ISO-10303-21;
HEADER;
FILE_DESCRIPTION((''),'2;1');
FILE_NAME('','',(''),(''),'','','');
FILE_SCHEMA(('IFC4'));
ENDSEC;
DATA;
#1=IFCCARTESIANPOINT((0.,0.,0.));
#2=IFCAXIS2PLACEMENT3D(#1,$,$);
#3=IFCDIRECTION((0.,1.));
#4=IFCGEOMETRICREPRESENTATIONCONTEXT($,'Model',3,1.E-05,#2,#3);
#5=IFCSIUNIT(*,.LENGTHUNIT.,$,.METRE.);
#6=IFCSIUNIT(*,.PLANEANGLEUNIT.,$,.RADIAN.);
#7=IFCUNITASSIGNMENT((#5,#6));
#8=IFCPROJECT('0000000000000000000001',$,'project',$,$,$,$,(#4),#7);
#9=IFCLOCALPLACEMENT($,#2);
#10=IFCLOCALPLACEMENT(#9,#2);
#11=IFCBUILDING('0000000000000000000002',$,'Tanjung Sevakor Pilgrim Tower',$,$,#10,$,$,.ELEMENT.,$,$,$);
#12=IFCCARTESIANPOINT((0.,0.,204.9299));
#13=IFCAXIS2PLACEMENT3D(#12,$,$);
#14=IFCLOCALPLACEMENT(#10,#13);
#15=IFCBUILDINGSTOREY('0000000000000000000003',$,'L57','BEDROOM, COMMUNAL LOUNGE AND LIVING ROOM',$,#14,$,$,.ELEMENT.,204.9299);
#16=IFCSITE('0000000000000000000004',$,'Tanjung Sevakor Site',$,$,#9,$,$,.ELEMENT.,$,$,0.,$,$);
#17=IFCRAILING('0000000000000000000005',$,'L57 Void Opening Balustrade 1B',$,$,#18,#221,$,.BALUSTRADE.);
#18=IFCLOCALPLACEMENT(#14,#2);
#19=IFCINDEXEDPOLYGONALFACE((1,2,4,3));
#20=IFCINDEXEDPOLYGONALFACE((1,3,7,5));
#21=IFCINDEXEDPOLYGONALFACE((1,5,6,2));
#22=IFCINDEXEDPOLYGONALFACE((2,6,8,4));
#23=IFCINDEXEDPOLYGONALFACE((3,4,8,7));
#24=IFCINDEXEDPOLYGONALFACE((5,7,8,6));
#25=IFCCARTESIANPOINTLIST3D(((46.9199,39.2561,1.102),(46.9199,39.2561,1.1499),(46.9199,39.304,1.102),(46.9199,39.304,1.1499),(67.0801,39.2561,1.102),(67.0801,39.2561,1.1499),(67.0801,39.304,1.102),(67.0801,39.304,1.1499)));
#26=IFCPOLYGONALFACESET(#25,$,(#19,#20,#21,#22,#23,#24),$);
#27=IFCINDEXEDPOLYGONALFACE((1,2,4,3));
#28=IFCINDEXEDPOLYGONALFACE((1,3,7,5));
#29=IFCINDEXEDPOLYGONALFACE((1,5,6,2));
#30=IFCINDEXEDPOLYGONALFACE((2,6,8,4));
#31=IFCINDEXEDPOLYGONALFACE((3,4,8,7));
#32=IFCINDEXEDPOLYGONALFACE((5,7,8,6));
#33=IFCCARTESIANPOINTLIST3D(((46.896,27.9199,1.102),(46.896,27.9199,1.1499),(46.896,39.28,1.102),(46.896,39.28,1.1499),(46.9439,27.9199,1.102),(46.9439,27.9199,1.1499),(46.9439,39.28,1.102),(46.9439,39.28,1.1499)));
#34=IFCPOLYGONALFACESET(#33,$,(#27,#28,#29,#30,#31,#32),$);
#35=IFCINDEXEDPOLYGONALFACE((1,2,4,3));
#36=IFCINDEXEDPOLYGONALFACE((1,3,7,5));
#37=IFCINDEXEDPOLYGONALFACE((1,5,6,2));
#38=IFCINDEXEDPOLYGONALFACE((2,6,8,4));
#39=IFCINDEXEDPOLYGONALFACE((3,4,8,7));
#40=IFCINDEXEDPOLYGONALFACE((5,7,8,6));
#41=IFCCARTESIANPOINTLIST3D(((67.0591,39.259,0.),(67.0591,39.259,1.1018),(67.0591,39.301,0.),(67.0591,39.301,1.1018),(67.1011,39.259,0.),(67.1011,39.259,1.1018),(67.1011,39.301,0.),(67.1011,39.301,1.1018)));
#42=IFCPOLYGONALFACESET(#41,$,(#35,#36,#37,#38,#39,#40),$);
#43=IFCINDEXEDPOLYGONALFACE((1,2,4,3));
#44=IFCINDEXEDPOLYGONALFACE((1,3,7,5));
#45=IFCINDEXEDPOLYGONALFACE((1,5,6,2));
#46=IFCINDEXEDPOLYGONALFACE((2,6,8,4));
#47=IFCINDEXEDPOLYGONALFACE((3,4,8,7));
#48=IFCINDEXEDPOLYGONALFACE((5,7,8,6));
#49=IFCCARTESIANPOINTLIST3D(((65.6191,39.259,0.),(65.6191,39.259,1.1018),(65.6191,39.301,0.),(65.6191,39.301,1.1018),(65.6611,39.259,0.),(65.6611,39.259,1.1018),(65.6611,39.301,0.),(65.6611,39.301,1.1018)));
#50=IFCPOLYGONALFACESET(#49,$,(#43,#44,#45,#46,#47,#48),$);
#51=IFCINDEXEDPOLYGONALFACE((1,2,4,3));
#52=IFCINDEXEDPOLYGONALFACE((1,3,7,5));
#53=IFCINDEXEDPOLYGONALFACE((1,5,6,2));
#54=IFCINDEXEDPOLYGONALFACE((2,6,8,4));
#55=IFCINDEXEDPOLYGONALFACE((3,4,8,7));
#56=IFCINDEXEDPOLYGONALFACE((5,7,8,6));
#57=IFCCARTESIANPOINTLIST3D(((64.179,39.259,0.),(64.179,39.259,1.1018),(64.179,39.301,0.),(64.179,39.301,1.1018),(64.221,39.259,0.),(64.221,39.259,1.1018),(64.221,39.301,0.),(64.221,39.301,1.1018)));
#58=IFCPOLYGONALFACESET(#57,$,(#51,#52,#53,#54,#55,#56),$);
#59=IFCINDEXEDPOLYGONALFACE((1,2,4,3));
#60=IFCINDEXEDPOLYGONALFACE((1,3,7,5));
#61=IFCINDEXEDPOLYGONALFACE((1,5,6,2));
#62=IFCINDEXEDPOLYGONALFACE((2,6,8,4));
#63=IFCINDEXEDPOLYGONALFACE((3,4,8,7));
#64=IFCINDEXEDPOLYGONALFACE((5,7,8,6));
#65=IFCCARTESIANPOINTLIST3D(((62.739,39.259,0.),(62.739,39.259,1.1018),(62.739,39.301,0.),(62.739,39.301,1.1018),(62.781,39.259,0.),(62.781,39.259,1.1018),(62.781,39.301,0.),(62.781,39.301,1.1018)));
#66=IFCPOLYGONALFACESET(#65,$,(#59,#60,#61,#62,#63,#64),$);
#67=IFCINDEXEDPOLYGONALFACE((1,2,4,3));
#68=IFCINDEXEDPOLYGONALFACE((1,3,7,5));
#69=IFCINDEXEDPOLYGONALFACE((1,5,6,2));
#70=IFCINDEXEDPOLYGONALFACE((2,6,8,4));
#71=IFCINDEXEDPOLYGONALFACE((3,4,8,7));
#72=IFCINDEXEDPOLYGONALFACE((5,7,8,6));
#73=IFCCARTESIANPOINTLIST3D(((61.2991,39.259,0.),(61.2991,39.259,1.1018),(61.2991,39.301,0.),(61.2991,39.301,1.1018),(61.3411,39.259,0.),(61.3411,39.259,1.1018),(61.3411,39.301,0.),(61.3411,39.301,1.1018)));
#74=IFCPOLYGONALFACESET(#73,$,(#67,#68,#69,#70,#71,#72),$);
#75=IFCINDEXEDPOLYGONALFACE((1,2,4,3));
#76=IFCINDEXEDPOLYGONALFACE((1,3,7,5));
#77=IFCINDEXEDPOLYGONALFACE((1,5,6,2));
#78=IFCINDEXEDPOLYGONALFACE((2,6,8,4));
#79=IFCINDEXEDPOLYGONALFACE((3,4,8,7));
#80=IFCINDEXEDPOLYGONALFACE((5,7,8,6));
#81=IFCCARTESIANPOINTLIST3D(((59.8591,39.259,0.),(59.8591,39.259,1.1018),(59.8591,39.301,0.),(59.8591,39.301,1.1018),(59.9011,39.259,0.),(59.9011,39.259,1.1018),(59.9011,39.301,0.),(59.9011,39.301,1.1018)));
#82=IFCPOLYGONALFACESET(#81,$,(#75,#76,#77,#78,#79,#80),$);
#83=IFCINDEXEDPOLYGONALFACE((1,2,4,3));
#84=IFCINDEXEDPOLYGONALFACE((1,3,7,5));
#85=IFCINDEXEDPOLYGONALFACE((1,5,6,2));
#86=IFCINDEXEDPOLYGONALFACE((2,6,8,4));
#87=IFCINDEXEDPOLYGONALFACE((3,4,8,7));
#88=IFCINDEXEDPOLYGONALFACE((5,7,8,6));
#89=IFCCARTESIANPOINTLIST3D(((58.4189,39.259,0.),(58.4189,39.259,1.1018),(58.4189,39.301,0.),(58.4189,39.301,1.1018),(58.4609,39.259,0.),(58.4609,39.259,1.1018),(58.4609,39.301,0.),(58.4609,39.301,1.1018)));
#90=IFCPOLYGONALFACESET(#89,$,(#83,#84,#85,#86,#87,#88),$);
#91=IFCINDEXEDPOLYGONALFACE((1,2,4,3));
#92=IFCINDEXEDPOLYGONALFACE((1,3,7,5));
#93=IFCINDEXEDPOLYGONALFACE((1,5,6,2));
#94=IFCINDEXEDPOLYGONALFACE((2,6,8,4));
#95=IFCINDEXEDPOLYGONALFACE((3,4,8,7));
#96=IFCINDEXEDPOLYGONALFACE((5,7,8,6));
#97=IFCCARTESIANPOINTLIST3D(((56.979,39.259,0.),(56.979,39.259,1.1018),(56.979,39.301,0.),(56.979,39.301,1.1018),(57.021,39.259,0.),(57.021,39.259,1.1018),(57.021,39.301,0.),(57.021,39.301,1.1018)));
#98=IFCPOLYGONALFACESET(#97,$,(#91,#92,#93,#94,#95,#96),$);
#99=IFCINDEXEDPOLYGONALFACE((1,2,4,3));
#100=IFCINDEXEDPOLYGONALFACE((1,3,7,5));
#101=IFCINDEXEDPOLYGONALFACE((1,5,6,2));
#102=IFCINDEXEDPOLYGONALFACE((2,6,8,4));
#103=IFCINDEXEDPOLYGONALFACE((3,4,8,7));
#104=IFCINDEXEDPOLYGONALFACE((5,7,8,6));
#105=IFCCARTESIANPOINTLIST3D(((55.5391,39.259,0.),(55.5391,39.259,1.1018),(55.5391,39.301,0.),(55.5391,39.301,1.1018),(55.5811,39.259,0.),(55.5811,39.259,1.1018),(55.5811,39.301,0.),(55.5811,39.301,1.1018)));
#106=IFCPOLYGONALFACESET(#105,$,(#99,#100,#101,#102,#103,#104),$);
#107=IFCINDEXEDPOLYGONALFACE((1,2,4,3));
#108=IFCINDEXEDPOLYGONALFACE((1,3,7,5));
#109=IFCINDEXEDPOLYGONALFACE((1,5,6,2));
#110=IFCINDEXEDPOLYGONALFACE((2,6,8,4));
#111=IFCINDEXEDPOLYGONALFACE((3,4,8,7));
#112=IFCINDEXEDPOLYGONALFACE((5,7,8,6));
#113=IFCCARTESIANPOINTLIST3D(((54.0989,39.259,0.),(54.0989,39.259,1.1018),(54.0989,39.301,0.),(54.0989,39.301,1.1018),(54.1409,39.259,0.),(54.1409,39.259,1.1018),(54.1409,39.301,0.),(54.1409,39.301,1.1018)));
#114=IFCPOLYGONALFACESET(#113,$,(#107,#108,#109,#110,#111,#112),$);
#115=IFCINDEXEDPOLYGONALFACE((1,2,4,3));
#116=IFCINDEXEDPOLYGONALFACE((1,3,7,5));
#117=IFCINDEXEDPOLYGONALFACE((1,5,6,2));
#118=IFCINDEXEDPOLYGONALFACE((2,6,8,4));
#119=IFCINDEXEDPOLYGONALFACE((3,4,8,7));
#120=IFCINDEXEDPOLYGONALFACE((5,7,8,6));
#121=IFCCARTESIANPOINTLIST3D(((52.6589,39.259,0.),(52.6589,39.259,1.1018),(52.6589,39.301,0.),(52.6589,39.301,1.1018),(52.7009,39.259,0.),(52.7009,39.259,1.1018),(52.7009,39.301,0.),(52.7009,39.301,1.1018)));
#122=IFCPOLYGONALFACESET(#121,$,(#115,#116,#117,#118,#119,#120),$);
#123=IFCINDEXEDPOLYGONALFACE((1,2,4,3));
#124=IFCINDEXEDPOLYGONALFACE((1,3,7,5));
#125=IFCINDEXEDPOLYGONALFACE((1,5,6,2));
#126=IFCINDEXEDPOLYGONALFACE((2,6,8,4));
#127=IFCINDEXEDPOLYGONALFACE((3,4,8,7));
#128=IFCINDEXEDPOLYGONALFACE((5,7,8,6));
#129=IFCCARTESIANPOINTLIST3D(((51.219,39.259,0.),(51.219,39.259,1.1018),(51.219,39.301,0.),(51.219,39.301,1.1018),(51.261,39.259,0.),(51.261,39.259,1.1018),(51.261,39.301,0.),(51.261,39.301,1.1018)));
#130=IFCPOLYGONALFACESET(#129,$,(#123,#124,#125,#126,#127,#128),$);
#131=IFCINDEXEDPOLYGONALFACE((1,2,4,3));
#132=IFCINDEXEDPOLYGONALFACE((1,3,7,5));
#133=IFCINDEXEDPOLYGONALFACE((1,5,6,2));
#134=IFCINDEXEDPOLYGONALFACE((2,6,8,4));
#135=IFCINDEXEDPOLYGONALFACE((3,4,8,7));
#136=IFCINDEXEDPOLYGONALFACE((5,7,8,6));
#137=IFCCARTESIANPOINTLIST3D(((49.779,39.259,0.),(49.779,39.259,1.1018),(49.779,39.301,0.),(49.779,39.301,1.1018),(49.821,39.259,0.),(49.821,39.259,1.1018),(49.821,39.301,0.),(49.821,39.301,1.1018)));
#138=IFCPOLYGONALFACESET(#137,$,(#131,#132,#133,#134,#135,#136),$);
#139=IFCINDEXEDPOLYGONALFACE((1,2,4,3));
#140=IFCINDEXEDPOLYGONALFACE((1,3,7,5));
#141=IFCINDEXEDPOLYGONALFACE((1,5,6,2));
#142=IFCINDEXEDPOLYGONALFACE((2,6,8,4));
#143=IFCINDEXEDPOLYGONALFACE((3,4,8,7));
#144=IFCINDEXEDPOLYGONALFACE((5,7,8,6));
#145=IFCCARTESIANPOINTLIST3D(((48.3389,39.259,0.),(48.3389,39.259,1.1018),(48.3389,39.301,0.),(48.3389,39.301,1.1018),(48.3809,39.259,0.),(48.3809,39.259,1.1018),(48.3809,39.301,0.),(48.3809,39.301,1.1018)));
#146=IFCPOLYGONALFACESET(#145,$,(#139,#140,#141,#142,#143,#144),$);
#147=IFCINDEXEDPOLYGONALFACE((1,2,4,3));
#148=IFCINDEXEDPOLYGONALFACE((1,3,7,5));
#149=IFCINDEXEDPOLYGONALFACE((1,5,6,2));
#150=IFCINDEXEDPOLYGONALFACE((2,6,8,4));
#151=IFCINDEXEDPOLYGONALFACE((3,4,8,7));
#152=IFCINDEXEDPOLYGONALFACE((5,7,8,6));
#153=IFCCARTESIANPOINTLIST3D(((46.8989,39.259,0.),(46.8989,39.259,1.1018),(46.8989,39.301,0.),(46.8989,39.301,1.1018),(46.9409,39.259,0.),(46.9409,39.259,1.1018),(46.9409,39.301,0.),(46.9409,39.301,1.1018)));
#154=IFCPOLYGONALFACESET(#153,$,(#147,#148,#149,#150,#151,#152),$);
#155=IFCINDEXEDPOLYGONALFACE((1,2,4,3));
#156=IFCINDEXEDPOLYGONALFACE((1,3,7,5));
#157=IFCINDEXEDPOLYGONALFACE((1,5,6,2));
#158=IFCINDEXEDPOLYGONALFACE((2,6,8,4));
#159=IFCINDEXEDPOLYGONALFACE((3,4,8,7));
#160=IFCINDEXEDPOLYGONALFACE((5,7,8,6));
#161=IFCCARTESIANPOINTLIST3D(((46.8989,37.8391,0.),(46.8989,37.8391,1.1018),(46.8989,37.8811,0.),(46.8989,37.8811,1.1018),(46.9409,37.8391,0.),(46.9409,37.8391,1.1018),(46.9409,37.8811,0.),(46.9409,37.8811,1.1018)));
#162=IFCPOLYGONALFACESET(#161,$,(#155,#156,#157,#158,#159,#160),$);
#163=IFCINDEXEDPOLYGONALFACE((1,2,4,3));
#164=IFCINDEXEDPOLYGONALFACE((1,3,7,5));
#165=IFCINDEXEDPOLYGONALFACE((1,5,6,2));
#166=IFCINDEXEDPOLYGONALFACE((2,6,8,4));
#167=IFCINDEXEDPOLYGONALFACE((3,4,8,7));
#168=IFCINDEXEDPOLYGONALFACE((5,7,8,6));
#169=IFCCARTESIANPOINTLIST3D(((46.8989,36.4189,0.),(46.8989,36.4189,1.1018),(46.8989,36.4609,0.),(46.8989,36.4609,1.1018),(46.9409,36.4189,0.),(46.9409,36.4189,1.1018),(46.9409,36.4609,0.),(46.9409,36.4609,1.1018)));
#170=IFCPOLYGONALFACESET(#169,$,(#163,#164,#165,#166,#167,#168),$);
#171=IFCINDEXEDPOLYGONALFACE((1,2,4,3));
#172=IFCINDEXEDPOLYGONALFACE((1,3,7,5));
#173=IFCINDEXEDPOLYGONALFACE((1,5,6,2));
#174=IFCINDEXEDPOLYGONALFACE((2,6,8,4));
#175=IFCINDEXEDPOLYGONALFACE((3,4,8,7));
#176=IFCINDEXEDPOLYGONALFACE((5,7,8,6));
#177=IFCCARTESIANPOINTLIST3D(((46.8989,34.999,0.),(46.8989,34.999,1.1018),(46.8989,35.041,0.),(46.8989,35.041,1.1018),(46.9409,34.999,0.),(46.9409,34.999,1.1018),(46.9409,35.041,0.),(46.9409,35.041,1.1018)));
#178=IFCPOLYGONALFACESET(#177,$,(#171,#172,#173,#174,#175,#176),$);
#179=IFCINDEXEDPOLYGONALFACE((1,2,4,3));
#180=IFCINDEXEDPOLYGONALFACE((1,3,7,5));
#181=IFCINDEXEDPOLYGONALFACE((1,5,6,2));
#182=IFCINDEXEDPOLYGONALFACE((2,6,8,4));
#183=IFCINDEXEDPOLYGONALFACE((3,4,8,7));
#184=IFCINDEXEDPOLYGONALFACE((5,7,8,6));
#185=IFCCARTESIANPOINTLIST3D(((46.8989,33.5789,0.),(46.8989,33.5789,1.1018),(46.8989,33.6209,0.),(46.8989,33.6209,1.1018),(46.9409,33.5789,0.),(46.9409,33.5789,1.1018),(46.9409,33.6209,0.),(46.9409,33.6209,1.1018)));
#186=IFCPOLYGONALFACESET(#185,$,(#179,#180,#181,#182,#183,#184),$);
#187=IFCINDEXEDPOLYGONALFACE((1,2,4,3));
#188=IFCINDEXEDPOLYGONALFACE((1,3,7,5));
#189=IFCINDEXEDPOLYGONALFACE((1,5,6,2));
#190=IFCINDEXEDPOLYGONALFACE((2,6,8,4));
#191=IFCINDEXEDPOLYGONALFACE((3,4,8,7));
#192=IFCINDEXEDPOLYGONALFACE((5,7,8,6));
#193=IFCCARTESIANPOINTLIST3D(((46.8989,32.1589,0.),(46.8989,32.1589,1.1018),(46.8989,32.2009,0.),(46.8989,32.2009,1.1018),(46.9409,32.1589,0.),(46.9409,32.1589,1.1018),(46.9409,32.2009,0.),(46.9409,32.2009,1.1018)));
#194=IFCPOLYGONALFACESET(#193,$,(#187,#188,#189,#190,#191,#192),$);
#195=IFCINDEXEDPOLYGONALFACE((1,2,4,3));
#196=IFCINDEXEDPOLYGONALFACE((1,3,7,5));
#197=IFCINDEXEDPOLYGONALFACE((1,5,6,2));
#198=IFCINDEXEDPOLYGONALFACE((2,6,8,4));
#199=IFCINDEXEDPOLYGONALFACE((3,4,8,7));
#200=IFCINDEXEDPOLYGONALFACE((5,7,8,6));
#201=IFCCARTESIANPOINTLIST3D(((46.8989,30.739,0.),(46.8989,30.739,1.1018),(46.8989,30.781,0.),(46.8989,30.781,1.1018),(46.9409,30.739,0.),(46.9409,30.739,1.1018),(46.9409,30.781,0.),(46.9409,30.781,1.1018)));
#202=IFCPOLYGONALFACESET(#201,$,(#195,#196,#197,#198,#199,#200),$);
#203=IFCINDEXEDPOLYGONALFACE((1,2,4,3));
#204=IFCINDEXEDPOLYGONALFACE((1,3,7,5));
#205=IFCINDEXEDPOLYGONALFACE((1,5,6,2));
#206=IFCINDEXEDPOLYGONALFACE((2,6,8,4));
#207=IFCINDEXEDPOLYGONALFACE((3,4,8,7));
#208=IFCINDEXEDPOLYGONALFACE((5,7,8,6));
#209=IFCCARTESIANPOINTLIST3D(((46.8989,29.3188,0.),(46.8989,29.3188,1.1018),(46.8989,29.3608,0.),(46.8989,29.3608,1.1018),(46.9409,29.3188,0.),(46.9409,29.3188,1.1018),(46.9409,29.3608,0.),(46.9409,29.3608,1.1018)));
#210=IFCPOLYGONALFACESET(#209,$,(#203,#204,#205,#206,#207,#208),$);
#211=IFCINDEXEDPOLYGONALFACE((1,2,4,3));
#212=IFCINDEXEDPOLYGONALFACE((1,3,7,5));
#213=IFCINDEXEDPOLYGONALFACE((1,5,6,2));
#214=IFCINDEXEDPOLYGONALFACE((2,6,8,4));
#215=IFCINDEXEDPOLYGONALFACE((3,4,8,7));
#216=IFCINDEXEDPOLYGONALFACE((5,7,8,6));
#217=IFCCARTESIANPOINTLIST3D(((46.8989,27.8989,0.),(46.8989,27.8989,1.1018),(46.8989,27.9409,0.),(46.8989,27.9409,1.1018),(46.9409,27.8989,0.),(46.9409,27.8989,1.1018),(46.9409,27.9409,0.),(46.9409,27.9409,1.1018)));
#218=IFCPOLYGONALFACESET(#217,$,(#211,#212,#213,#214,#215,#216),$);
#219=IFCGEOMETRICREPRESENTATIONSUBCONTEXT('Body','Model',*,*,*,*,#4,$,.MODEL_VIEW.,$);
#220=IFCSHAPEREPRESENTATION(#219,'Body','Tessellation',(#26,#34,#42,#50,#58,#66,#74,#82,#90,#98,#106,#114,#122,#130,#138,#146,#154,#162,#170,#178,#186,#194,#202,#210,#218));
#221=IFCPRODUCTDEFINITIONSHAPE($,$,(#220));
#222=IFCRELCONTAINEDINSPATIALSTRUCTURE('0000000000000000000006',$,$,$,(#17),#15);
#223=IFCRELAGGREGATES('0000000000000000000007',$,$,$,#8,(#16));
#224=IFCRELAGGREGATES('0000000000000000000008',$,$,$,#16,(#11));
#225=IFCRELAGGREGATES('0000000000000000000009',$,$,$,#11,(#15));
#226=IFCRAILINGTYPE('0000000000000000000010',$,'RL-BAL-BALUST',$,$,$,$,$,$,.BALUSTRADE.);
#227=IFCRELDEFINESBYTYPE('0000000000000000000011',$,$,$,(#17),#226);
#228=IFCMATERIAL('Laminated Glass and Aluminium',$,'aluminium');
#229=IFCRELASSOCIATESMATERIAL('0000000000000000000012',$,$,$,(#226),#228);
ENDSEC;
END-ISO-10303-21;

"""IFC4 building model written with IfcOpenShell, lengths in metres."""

from ifc_helpers import new_model, si_unit, direction, frame, origin, place, context, subcontext, project, spatial, rectangle, extrude, material, type_object, element, save


model = new_model("IFC4")

# Units and contexts
model_context = context("Model", 3, precision=1e-05, world=origin(), true_north=direction((0.0, 1.0)))
body_context = subcontext(model_context, "Body", "Model", "MODEL_VIEW")
ifc_project = project(units=[si_unit("LENGTHUNIT", "METRE"), si_unit("PLANEANGLEUNIT", "RADIAN")], contexts=[model_context])

# Site, building, storey
site_placement = place(None, origin())
site = spatial("IfcSite", under=ifc_project, at=site_placement, Name="Tanjung Sevakor Site", CompositionType="ELEMENT", RefElevation=0.0)
building_placement = place(site_placement, origin())
building = spatial("IfcBuilding", under=site, at=building_placement, Name="Tanjung Sevakor Pilgrim Tower", CompositionType="ELEMENT")
storey_placement = place(building_placement, frame((0.0, 0.0, 204.9299)))
storey = spatial("IfcBuildingStorey", under=building, at=storey_placement, Name="L57", Description="BEDROOM, COMMUNAL LOUNGE AND LIVING ROOM", CompositionType="ELEMENT", Elevation=204.9299)

# Railing
ifc_material_1 = material(Name="Laminated Glass and Aluminium", Category="aluminium")
railing_type_1 = type_object("IfcRailingType", Name="RL-BAL-BALUST", PredefinedType="BALUSTRADE", material=ifc_material_1)
railing_1_placement = place(storey_placement, frame((67.0801, 39.28, 0.0)))
element("IfcRailing", 1, at=railing_1_placement, inside=storey, type_object=railing_type_1, Name="L57 Void Opening Balustrade 1B", PredefinedType="BALUSTRADE", context=body_context, shape_type="SweptSolid", body=[
    extrude(rectangle(XDim=0.0479, YDim=0.0479), frame((0.0, 0.0, 1.126), z_axis=(-1.0, 0.0, 0.0), x_axis=(0.0, -1.0, 0.0)), (0.0, 0.0, 1.0), 20.1602),
    extrude(rectangle(XDim=0.0479, YDim=0.0479), frame((-20.1602, 0.0, 1.126), z_axis=(0.0, -1.0, 0.0), x_axis=(1.0, 0.0, 0.0)), (0.0, 0.0, 1.0), 11.3601),
    extrude(rectangle(XDim=0.042, YDim=0.042), origin(), (0.0, 0.0, 1.0), 1.1018),
    extrude(rectangle(XDim=0.042, YDim=0.042), frame((-1.4399, 0.0, 0.0)), (0.0, 0.0, 1.0), 1.1018),
    extrude(rectangle(XDim=0.042, YDim=0.042), frame((-2.8801, 0.0, 0.0)), (0.0, 0.0, 1.0), 1.1018),
    extrude(rectangle(XDim=0.042, YDim=0.042), frame((-4.3201, 0.0, 0.0)), (0.0, 0.0, 1.0), 1.1018),
    extrude(rectangle(XDim=0.042, YDim=0.042), frame((-5.76, 0.0, 0.0)), (0.0, 0.0, 1.0), 1.1018),
    extrude(rectangle(XDim=0.042, YDim=0.042), frame((-7.2, 0.0, 0.0)), (0.0, 0.0, 1.0), 1.1018),
    extrude(rectangle(XDim=0.042, YDim=0.042), frame((-8.6401, 0.0, 0.0)), (0.0, 0.0, 1.0), 1.1018),
    extrude(rectangle(XDim=0.042, YDim=0.042), frame((-10.0801, 0.0, 0.0)), (0.0, 0.0, 1.0), 1.1018),
    extrude(rectangle(XDim=0.042, YDim=0.042), frame((-11.52, 0.0, 0.0)), (0.0, 0.0, 1.0), 1.1018),
    extrude(rectangle(XDim=0.042, YDim=0.042), frame((-12.9602, 0.0, 0.0)), (0.0, 0.0, 1.0), 1.1018),
    extrude(rectangle(XDim=0.042, YDim=0.042), frame((-14.4001, 0.0, 0.0)), (0.0, 0.0, 1.0), 1.1018),
    extrude(rectangle(XDim=0.042, YDim=0.042), frame((-15.8401, 0.0, 0.0)), (0.0, 0.0, 1.0), 1.1018),
    extrude(rectangle(XDim=0.042, YDim=0.042), frame((-17.28, 0.0, 0.0)), (0.0, 0.0, 1.0), 1.1018),
    extrude(rectangle(XDim=0.042, YDim=0.042), frame((-18.7202, 0.0, 0.0)), (0.0, 0.0, 1.0), 1.1018),
    extrude(rectangle(XDim=0.042, YDim=0.042), frame((-20.1602, 0.0, 0.0)), (0.0, 0.0, 1.0), 1.1018),
    extrude(rectangle(XDim=0.042, YDim=0.042), frame((-20.1602, -1.4199, 0.0)), (0.0, 0.0, 1.0), 1.1018),
    extrude(rectangle(XDim=0.042, YDim=0.042), frame((-20.1602, -2.8401, 0.0)), (0.0, 0.0, 1.0), 1.1018),
    extrude(rectangle(XDim=0.042, YDim=0.042), frame((-20.1602, -4.26, 0.0)), (0.0, 0.0, 1.0), 1.1018),
    extrude(rectangle(XDim=0.042, YDim=0.042), frame((-20.1602, -5.6802, 0.0)), (0.0, 0.0, 1.0), 1.1018),
    extrude(rectangle(XDim=0.042, YDim=0.042), frame((-20.1602, -7.1001, 0.0)), (0.0, 0.0, 1.0), 1.1018),
    extrude(rectangle(XDim=0.042, YDim=0.042), frame((-20.1602, -8.52, 0.0)), (0.0, 0.0, 1.0), 1.1018),
    extrude(rectangle(XDim=0.042, YDim=0.042), frame((-20.1602, -9.9402, 0.0)), (0.0, 0.0, 1.0), 1.1018),
    extrude(rectangle(XDim=0.042, YDim=0.042), frame((-20.1602, -11.3601, 0.0)), (0.0, 0.0, 1.0), 1.1018),
])

save(model, "model.ifc")
